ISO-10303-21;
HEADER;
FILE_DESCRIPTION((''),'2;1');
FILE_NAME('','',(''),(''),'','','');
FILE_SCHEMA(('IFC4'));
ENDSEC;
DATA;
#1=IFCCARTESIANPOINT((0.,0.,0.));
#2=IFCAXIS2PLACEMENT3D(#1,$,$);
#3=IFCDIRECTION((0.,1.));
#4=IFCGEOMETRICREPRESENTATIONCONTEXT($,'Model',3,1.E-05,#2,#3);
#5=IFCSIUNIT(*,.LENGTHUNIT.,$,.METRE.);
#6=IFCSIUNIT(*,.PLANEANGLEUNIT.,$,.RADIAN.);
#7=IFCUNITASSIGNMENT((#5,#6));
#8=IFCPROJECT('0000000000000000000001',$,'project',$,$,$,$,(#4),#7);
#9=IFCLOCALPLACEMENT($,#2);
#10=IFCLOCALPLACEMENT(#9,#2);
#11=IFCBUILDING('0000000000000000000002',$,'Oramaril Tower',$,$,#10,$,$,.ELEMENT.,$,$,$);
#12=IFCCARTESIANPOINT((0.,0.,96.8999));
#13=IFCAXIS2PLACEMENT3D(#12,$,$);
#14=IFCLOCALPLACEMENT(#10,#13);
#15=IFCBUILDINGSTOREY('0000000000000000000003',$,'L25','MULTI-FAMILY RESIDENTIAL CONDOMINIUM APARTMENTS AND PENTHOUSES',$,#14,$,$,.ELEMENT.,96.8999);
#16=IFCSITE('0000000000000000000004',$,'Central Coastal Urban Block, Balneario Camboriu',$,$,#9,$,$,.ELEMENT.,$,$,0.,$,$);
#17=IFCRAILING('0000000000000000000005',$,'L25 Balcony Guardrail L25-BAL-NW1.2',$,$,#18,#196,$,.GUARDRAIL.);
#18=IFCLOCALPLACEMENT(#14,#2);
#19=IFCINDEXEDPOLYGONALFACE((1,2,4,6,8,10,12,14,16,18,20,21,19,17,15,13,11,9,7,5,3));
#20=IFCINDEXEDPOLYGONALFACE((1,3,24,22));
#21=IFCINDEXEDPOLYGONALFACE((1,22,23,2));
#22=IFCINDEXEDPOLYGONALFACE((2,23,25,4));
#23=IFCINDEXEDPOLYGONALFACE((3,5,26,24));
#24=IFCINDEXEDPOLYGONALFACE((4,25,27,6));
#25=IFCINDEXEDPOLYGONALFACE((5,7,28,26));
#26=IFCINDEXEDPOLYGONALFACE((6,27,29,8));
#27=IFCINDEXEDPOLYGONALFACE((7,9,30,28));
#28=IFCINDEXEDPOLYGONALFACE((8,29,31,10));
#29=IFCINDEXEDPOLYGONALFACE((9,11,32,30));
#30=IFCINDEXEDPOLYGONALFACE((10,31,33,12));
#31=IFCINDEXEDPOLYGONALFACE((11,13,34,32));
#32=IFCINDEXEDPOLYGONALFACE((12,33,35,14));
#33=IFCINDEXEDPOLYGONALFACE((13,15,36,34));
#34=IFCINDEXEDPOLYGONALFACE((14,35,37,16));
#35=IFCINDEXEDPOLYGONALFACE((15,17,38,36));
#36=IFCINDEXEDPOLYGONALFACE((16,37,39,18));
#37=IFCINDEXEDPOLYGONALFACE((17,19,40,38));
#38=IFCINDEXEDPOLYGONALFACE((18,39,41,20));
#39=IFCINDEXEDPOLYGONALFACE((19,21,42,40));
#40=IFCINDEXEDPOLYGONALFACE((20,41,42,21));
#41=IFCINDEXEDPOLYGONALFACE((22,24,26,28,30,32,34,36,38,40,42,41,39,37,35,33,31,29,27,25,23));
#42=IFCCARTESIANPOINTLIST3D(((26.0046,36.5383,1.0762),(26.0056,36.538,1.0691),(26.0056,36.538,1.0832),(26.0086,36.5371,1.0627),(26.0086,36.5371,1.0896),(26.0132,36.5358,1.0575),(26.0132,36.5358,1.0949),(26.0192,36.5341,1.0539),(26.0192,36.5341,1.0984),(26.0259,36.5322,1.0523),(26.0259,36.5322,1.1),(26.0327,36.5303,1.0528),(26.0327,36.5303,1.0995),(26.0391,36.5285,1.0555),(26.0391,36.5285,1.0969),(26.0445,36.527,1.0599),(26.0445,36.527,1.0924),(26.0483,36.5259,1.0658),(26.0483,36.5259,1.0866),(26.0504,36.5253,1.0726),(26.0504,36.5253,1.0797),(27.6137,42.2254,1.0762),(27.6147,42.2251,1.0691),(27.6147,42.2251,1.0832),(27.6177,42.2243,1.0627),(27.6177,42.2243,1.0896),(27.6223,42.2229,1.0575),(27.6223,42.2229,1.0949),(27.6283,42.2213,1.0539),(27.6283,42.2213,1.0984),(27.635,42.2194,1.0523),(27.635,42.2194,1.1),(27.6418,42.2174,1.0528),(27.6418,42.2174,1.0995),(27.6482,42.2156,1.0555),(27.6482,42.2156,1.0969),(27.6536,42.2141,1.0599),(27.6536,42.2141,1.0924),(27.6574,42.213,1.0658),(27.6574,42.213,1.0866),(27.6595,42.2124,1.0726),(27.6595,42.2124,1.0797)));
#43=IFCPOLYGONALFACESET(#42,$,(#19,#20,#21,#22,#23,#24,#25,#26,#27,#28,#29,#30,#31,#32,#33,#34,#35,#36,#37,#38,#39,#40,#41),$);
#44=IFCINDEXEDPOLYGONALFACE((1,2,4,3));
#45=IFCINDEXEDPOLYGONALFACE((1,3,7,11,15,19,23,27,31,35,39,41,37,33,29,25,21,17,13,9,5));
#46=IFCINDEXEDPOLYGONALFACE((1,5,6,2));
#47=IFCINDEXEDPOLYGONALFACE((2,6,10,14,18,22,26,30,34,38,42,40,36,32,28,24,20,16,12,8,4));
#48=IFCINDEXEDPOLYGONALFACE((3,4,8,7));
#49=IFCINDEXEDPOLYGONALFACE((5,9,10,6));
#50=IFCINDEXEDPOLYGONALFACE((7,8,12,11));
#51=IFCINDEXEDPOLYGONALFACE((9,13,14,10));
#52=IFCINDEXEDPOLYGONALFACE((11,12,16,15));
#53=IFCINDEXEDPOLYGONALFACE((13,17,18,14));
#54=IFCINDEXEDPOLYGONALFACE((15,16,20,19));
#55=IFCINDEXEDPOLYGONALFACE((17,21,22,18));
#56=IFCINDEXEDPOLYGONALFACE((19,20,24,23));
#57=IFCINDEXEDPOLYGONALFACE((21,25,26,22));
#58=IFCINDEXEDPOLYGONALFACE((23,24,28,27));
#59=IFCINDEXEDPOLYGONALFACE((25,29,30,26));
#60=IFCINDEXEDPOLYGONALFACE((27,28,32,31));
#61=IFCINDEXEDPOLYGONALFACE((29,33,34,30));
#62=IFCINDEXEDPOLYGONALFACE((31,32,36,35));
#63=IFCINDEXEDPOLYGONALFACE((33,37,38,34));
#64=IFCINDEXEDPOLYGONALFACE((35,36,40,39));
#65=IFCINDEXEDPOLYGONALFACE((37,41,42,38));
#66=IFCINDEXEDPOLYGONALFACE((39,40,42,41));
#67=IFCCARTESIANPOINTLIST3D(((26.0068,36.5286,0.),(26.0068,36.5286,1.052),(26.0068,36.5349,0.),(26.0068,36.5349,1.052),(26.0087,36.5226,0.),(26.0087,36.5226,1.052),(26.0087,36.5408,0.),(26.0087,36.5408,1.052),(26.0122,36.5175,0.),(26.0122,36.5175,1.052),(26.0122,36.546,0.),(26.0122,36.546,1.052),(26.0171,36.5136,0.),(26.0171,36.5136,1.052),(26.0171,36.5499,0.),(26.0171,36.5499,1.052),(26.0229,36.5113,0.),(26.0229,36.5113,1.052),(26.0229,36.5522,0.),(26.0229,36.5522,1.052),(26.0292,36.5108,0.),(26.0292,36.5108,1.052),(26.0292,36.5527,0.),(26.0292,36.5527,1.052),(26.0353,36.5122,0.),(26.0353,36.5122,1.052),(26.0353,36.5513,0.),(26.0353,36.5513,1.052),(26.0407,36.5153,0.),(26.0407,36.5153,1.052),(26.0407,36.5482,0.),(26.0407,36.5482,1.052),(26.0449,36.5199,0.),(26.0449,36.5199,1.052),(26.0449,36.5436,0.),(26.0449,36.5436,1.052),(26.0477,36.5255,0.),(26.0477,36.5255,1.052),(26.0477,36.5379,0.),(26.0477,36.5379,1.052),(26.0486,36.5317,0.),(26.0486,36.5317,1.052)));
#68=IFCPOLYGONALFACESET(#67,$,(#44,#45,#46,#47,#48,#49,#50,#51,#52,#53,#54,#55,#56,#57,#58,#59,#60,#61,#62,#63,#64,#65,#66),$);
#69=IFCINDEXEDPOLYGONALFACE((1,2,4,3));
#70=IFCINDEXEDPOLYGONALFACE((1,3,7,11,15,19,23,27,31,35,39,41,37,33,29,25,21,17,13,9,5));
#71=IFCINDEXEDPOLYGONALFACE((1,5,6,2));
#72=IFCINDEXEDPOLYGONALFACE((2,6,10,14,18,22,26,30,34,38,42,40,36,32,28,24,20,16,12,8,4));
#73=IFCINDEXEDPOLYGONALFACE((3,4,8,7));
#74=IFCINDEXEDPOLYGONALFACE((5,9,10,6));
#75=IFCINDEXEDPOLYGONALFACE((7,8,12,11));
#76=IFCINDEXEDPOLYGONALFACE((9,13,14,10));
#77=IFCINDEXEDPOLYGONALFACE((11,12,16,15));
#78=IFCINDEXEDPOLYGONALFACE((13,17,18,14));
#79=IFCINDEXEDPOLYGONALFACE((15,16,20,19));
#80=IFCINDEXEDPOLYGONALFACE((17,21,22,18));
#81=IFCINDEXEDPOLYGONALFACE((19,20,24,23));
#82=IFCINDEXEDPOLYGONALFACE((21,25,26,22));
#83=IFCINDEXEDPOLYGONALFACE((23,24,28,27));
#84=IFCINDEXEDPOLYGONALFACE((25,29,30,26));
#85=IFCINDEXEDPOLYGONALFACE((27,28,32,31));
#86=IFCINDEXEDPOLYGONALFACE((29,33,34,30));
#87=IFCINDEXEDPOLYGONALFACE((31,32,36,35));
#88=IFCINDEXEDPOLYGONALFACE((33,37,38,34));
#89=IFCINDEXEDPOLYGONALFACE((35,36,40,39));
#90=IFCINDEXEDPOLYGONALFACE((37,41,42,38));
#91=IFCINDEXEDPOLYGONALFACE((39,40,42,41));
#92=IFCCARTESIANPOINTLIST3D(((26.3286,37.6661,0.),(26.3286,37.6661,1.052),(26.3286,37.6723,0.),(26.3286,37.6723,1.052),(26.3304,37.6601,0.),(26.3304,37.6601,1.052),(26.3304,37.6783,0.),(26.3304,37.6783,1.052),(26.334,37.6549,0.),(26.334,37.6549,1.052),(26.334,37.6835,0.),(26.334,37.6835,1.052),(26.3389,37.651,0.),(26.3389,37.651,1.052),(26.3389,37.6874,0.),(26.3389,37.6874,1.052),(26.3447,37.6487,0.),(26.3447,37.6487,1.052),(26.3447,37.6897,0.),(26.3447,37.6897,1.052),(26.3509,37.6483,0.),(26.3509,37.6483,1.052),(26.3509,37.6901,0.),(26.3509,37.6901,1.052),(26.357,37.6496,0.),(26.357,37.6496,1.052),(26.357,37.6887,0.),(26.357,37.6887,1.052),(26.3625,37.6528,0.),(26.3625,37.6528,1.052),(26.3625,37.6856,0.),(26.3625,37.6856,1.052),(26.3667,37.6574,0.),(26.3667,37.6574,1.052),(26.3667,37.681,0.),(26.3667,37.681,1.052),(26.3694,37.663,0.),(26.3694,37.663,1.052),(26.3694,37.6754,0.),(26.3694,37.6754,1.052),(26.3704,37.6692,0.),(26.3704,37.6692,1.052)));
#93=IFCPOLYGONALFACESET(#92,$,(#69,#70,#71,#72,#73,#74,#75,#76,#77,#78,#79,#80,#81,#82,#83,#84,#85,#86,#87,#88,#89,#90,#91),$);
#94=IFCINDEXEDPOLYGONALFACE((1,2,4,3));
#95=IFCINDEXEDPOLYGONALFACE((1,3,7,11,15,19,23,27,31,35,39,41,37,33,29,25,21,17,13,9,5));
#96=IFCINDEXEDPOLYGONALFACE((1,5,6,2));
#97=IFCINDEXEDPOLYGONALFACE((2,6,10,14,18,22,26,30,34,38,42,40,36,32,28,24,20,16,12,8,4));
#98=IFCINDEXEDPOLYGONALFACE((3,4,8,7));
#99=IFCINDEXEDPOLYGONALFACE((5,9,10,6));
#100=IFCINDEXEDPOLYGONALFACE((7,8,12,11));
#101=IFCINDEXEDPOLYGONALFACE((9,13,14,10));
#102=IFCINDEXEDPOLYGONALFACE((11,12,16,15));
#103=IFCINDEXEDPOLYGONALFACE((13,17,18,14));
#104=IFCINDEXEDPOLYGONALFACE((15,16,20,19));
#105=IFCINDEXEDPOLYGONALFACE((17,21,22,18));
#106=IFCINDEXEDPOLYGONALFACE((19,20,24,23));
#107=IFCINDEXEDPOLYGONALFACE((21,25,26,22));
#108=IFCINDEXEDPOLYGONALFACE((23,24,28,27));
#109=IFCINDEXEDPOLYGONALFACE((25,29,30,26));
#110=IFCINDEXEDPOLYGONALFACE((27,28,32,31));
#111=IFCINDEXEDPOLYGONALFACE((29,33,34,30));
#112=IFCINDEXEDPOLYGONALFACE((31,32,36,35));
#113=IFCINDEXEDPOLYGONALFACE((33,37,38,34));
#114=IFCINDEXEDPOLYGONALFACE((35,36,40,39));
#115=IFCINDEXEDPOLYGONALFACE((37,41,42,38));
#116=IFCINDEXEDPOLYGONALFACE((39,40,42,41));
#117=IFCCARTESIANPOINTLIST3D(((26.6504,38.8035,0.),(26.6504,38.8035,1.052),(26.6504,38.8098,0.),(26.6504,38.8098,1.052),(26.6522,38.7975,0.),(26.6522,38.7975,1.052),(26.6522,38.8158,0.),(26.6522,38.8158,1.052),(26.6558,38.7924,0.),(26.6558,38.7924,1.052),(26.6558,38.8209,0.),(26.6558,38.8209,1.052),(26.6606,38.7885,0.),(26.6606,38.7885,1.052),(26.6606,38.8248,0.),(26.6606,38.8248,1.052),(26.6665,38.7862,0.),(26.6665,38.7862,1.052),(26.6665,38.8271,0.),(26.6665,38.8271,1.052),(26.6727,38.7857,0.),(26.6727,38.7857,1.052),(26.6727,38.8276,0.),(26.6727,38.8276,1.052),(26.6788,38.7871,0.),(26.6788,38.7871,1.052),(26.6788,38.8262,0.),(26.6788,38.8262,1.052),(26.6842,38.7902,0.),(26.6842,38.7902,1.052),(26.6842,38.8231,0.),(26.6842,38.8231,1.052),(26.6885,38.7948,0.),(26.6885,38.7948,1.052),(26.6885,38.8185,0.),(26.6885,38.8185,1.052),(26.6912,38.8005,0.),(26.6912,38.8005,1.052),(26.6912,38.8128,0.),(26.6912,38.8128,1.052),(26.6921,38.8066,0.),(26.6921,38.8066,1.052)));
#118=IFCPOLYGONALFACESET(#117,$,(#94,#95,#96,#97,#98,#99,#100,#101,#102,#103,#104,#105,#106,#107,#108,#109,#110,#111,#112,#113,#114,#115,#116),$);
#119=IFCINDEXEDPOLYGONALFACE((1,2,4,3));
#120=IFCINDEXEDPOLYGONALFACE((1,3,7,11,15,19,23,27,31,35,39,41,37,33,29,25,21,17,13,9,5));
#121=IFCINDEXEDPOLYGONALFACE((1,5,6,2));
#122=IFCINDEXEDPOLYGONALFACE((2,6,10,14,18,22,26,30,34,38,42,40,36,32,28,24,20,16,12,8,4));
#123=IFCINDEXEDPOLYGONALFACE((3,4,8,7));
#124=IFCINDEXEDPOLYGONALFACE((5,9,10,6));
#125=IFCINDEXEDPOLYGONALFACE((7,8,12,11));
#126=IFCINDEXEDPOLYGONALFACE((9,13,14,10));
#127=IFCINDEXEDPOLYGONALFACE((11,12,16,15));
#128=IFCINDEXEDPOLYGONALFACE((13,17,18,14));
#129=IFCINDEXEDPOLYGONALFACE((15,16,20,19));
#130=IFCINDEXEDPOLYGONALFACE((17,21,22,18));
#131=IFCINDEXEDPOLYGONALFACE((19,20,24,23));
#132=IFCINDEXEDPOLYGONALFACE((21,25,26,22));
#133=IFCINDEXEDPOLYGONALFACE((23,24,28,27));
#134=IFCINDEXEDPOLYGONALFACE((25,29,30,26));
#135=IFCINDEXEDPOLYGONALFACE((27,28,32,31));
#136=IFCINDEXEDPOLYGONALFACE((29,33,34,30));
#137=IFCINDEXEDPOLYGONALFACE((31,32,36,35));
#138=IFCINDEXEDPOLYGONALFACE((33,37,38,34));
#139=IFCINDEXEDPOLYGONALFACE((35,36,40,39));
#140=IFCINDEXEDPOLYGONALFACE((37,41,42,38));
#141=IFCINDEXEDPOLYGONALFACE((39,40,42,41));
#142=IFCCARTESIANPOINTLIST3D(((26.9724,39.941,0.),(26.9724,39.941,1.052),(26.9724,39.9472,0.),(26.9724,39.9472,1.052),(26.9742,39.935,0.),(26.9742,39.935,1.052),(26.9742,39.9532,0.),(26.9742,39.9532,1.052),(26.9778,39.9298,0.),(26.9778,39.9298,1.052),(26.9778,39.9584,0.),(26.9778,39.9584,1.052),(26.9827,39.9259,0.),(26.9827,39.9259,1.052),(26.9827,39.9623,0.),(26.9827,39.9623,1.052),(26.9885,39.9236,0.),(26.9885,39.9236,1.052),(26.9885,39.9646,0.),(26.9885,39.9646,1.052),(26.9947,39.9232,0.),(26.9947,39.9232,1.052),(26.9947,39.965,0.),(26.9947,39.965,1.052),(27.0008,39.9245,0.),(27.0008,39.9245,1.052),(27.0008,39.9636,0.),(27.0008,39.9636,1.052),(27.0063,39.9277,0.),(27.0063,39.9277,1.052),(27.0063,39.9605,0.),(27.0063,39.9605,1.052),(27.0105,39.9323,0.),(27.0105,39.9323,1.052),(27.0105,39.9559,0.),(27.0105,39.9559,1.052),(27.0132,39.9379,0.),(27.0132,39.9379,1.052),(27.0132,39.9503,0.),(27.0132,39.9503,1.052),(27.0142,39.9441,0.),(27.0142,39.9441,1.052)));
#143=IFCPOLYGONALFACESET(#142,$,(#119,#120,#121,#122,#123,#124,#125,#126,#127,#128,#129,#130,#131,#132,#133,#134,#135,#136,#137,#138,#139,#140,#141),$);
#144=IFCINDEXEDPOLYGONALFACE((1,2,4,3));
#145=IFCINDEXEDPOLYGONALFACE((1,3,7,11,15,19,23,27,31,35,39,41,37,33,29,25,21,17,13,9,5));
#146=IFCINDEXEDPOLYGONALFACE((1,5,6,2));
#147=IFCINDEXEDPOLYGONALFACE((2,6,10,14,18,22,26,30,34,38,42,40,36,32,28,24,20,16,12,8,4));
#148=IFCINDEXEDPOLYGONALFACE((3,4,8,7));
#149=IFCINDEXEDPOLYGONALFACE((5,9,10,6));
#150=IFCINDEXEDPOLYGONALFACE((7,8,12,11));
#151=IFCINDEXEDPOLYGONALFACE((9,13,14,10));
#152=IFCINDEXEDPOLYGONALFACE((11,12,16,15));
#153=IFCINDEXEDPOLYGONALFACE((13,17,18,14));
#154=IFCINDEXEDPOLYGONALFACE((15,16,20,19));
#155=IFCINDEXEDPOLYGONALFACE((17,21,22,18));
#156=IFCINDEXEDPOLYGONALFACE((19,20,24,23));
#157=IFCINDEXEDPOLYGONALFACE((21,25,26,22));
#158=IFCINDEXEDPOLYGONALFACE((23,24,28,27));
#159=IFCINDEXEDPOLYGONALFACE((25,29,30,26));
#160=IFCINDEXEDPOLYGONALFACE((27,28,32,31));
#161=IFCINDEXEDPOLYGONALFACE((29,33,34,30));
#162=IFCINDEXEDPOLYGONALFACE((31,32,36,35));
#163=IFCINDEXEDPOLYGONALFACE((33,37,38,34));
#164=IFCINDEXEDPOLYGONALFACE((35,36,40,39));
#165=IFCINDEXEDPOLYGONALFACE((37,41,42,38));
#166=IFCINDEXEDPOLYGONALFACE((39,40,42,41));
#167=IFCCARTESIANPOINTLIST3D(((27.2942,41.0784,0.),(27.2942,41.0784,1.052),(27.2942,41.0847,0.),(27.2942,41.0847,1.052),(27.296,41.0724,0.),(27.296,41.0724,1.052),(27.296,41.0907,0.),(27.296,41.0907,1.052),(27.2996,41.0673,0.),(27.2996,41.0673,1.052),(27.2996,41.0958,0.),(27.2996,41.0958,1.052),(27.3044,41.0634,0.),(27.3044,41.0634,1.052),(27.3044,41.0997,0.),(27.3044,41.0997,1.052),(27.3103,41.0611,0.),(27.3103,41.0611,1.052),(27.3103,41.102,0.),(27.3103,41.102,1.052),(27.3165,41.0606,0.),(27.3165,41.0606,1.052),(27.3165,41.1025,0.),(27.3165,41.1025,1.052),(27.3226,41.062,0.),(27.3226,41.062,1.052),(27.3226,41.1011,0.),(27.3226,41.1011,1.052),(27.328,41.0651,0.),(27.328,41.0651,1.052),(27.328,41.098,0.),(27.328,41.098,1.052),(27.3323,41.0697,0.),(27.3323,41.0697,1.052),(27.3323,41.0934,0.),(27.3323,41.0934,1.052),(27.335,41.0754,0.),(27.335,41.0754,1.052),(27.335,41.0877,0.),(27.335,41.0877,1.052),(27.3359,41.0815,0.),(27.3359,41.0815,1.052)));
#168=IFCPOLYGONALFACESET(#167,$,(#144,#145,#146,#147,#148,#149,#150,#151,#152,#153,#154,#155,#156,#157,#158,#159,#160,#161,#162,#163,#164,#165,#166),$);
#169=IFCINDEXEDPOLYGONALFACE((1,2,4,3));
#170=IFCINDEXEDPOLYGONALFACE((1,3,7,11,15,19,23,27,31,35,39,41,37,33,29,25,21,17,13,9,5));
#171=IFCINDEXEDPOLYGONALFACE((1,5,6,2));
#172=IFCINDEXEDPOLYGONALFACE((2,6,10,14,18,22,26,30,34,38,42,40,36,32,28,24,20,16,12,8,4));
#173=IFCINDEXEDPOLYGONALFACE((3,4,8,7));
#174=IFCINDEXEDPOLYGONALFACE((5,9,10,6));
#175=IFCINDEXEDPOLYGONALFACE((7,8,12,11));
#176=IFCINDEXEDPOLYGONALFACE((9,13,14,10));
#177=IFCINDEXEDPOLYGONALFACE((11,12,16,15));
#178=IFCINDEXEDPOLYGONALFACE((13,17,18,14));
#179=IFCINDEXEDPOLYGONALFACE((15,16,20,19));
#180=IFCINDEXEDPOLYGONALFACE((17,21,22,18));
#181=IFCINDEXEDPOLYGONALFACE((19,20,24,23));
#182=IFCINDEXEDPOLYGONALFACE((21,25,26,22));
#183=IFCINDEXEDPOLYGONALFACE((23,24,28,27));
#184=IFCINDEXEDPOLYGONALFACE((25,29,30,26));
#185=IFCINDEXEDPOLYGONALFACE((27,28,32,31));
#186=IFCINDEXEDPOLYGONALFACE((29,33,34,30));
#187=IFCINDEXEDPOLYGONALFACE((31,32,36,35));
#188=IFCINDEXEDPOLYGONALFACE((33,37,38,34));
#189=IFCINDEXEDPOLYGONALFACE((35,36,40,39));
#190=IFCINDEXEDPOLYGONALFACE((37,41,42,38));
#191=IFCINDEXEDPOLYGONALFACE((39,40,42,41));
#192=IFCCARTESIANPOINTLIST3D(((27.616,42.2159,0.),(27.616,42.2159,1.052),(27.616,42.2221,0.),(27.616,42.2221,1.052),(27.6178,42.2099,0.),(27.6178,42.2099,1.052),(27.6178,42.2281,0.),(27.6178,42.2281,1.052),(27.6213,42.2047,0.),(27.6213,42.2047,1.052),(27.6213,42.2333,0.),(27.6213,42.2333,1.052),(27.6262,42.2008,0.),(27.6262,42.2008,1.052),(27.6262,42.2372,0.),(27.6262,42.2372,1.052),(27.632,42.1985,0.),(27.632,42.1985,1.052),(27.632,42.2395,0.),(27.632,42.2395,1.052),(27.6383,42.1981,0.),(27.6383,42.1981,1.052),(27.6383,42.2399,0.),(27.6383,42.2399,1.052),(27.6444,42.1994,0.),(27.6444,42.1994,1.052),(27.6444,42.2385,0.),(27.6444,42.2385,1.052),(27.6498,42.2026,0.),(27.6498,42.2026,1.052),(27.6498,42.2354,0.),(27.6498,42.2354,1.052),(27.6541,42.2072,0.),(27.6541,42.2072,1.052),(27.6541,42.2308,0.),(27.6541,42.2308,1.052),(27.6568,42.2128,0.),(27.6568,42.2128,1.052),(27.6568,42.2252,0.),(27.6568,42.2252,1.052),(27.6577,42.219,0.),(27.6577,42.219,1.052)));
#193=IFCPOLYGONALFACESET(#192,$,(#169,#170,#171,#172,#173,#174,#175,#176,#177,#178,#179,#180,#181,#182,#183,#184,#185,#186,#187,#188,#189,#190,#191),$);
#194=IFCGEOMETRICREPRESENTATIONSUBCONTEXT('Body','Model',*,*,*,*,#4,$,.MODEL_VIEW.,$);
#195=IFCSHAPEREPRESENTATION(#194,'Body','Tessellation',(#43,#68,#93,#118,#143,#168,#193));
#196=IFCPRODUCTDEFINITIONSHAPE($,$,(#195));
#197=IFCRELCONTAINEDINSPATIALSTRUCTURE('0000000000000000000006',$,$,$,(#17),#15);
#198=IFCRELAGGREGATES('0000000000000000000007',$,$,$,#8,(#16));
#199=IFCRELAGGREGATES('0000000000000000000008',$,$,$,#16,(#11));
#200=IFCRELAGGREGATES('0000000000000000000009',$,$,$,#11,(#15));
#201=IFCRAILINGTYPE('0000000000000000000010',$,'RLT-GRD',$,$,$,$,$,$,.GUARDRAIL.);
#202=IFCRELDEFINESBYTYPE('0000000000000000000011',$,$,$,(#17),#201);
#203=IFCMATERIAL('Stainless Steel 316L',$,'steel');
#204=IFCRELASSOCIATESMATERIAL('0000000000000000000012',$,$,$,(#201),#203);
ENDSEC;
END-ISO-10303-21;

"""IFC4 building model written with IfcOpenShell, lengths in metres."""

from ifc_helpers import new_model, si_unit, direction, frame, origin, origin_2d, place, context, subcontext, project, spatial, circle, extrude, material, type_object, element, save


model = new_model("IFC4")

# Units and contexts
model_context = context("Model", 3, precision=1e-05, world=origin(), true_north=direction((0.0, 1.0)))
body_context = subcontext(model_context, "Body", "Model", "MODEL_VIEW")
ifc_project = project(units=[si_unit("LENGTHUNIT", "METRE"), si_unit("PLANEANGLEUNIT", "RADIAN")], contexts=[model_context])

# Site, building, storey
site_placement = place(None, origin())
site = spatial("IfcSite", under=ifc_project, at=site_placement, Name="Central Coastal Urban Block, Balneario Camboriu", CompositionType="ELEMENT", RefElevation=0.0)
building_placement = place(site_placement, origin())
building = spatial("IfcBuilding", under=site, at=building_placement, Name="Oramaril Tower", CompositionType="ELEMENT")
storey_placement = place(building_placement, frame((0.0, 0.0, 96.8999)))
storey = spatial("IfcBuildingStorey", under=building, at=storey_placement, Name="L25", Description="MULTI-FAMILY RESIDENTIAL CONDOMINIUM APARTMENTS AND PENTHOUSES", CompositionType="ELEMENT", Elevation=96.8999)

# Railing
ifc_material_1 = material(Name="Stainless Steel 316L", Category="steel")
railing_type = type_object("IfcRailingType", Name="RLT-GRD", PredefinedType="GUARDRAIL", material=ifc_material_1)
railing_1_placement = place(storey_placement, frame((26.0276, 36.5317, 0.0)))
element("IfcRailing", 1, at=railing_1_placement, inside=storey, type_object=railing_type, Name="L25 Balcony Guardrail L25-BAL-NW1.2", PredefinedType="GUARDRAIL", context=body_context, shape_type="SweptSolid", body=[
    extrude(circle(Radius=0.0239, at=origin_2d()), frame((0.0, 0.0, 1.0762), z_axis=(0.272249, 0.962227, 0.0), x_axis=(-0.962227, 0.272249, 0.0)), (0.0, 0.0, 1.0), 5.9104),
    extrude(circle(Radius=0.021, at=origin_2d()), origin(), (0.0, 0.0, 1.0), 1.052),
    extrude(circle(Radius=0.021, at=origin_2d()), frame((0.3218, 1.1375, 0.0)), (0.0, 0.0, 1.0), 1.052),
    extrude(circle(Radius=0.021, at=origin_2d()), frame((0.6436, 2.2749, 0.0)), (0.0, 0.0, 1.0), 1.052),
    extrude(circle(Radius=0.021, at=origin_2d()), frame((0.9656, 3.4124, 0.0)), (0.0, 0.0, 1.0), 1.052),
    extrude(circle(Radius=0.021, at=origin_2d()), frame((1.2874, 4.5498, 0.0)), (0.0, 0.0, 1.0), 1.052),
    extrude(circle(Radius=0.021, at=origin_2d()), frame((1.6091, 5.6873, 0.0)), (0.0, 0.0, 1.0), 1.052),
])

save(model, "model.ifc")
